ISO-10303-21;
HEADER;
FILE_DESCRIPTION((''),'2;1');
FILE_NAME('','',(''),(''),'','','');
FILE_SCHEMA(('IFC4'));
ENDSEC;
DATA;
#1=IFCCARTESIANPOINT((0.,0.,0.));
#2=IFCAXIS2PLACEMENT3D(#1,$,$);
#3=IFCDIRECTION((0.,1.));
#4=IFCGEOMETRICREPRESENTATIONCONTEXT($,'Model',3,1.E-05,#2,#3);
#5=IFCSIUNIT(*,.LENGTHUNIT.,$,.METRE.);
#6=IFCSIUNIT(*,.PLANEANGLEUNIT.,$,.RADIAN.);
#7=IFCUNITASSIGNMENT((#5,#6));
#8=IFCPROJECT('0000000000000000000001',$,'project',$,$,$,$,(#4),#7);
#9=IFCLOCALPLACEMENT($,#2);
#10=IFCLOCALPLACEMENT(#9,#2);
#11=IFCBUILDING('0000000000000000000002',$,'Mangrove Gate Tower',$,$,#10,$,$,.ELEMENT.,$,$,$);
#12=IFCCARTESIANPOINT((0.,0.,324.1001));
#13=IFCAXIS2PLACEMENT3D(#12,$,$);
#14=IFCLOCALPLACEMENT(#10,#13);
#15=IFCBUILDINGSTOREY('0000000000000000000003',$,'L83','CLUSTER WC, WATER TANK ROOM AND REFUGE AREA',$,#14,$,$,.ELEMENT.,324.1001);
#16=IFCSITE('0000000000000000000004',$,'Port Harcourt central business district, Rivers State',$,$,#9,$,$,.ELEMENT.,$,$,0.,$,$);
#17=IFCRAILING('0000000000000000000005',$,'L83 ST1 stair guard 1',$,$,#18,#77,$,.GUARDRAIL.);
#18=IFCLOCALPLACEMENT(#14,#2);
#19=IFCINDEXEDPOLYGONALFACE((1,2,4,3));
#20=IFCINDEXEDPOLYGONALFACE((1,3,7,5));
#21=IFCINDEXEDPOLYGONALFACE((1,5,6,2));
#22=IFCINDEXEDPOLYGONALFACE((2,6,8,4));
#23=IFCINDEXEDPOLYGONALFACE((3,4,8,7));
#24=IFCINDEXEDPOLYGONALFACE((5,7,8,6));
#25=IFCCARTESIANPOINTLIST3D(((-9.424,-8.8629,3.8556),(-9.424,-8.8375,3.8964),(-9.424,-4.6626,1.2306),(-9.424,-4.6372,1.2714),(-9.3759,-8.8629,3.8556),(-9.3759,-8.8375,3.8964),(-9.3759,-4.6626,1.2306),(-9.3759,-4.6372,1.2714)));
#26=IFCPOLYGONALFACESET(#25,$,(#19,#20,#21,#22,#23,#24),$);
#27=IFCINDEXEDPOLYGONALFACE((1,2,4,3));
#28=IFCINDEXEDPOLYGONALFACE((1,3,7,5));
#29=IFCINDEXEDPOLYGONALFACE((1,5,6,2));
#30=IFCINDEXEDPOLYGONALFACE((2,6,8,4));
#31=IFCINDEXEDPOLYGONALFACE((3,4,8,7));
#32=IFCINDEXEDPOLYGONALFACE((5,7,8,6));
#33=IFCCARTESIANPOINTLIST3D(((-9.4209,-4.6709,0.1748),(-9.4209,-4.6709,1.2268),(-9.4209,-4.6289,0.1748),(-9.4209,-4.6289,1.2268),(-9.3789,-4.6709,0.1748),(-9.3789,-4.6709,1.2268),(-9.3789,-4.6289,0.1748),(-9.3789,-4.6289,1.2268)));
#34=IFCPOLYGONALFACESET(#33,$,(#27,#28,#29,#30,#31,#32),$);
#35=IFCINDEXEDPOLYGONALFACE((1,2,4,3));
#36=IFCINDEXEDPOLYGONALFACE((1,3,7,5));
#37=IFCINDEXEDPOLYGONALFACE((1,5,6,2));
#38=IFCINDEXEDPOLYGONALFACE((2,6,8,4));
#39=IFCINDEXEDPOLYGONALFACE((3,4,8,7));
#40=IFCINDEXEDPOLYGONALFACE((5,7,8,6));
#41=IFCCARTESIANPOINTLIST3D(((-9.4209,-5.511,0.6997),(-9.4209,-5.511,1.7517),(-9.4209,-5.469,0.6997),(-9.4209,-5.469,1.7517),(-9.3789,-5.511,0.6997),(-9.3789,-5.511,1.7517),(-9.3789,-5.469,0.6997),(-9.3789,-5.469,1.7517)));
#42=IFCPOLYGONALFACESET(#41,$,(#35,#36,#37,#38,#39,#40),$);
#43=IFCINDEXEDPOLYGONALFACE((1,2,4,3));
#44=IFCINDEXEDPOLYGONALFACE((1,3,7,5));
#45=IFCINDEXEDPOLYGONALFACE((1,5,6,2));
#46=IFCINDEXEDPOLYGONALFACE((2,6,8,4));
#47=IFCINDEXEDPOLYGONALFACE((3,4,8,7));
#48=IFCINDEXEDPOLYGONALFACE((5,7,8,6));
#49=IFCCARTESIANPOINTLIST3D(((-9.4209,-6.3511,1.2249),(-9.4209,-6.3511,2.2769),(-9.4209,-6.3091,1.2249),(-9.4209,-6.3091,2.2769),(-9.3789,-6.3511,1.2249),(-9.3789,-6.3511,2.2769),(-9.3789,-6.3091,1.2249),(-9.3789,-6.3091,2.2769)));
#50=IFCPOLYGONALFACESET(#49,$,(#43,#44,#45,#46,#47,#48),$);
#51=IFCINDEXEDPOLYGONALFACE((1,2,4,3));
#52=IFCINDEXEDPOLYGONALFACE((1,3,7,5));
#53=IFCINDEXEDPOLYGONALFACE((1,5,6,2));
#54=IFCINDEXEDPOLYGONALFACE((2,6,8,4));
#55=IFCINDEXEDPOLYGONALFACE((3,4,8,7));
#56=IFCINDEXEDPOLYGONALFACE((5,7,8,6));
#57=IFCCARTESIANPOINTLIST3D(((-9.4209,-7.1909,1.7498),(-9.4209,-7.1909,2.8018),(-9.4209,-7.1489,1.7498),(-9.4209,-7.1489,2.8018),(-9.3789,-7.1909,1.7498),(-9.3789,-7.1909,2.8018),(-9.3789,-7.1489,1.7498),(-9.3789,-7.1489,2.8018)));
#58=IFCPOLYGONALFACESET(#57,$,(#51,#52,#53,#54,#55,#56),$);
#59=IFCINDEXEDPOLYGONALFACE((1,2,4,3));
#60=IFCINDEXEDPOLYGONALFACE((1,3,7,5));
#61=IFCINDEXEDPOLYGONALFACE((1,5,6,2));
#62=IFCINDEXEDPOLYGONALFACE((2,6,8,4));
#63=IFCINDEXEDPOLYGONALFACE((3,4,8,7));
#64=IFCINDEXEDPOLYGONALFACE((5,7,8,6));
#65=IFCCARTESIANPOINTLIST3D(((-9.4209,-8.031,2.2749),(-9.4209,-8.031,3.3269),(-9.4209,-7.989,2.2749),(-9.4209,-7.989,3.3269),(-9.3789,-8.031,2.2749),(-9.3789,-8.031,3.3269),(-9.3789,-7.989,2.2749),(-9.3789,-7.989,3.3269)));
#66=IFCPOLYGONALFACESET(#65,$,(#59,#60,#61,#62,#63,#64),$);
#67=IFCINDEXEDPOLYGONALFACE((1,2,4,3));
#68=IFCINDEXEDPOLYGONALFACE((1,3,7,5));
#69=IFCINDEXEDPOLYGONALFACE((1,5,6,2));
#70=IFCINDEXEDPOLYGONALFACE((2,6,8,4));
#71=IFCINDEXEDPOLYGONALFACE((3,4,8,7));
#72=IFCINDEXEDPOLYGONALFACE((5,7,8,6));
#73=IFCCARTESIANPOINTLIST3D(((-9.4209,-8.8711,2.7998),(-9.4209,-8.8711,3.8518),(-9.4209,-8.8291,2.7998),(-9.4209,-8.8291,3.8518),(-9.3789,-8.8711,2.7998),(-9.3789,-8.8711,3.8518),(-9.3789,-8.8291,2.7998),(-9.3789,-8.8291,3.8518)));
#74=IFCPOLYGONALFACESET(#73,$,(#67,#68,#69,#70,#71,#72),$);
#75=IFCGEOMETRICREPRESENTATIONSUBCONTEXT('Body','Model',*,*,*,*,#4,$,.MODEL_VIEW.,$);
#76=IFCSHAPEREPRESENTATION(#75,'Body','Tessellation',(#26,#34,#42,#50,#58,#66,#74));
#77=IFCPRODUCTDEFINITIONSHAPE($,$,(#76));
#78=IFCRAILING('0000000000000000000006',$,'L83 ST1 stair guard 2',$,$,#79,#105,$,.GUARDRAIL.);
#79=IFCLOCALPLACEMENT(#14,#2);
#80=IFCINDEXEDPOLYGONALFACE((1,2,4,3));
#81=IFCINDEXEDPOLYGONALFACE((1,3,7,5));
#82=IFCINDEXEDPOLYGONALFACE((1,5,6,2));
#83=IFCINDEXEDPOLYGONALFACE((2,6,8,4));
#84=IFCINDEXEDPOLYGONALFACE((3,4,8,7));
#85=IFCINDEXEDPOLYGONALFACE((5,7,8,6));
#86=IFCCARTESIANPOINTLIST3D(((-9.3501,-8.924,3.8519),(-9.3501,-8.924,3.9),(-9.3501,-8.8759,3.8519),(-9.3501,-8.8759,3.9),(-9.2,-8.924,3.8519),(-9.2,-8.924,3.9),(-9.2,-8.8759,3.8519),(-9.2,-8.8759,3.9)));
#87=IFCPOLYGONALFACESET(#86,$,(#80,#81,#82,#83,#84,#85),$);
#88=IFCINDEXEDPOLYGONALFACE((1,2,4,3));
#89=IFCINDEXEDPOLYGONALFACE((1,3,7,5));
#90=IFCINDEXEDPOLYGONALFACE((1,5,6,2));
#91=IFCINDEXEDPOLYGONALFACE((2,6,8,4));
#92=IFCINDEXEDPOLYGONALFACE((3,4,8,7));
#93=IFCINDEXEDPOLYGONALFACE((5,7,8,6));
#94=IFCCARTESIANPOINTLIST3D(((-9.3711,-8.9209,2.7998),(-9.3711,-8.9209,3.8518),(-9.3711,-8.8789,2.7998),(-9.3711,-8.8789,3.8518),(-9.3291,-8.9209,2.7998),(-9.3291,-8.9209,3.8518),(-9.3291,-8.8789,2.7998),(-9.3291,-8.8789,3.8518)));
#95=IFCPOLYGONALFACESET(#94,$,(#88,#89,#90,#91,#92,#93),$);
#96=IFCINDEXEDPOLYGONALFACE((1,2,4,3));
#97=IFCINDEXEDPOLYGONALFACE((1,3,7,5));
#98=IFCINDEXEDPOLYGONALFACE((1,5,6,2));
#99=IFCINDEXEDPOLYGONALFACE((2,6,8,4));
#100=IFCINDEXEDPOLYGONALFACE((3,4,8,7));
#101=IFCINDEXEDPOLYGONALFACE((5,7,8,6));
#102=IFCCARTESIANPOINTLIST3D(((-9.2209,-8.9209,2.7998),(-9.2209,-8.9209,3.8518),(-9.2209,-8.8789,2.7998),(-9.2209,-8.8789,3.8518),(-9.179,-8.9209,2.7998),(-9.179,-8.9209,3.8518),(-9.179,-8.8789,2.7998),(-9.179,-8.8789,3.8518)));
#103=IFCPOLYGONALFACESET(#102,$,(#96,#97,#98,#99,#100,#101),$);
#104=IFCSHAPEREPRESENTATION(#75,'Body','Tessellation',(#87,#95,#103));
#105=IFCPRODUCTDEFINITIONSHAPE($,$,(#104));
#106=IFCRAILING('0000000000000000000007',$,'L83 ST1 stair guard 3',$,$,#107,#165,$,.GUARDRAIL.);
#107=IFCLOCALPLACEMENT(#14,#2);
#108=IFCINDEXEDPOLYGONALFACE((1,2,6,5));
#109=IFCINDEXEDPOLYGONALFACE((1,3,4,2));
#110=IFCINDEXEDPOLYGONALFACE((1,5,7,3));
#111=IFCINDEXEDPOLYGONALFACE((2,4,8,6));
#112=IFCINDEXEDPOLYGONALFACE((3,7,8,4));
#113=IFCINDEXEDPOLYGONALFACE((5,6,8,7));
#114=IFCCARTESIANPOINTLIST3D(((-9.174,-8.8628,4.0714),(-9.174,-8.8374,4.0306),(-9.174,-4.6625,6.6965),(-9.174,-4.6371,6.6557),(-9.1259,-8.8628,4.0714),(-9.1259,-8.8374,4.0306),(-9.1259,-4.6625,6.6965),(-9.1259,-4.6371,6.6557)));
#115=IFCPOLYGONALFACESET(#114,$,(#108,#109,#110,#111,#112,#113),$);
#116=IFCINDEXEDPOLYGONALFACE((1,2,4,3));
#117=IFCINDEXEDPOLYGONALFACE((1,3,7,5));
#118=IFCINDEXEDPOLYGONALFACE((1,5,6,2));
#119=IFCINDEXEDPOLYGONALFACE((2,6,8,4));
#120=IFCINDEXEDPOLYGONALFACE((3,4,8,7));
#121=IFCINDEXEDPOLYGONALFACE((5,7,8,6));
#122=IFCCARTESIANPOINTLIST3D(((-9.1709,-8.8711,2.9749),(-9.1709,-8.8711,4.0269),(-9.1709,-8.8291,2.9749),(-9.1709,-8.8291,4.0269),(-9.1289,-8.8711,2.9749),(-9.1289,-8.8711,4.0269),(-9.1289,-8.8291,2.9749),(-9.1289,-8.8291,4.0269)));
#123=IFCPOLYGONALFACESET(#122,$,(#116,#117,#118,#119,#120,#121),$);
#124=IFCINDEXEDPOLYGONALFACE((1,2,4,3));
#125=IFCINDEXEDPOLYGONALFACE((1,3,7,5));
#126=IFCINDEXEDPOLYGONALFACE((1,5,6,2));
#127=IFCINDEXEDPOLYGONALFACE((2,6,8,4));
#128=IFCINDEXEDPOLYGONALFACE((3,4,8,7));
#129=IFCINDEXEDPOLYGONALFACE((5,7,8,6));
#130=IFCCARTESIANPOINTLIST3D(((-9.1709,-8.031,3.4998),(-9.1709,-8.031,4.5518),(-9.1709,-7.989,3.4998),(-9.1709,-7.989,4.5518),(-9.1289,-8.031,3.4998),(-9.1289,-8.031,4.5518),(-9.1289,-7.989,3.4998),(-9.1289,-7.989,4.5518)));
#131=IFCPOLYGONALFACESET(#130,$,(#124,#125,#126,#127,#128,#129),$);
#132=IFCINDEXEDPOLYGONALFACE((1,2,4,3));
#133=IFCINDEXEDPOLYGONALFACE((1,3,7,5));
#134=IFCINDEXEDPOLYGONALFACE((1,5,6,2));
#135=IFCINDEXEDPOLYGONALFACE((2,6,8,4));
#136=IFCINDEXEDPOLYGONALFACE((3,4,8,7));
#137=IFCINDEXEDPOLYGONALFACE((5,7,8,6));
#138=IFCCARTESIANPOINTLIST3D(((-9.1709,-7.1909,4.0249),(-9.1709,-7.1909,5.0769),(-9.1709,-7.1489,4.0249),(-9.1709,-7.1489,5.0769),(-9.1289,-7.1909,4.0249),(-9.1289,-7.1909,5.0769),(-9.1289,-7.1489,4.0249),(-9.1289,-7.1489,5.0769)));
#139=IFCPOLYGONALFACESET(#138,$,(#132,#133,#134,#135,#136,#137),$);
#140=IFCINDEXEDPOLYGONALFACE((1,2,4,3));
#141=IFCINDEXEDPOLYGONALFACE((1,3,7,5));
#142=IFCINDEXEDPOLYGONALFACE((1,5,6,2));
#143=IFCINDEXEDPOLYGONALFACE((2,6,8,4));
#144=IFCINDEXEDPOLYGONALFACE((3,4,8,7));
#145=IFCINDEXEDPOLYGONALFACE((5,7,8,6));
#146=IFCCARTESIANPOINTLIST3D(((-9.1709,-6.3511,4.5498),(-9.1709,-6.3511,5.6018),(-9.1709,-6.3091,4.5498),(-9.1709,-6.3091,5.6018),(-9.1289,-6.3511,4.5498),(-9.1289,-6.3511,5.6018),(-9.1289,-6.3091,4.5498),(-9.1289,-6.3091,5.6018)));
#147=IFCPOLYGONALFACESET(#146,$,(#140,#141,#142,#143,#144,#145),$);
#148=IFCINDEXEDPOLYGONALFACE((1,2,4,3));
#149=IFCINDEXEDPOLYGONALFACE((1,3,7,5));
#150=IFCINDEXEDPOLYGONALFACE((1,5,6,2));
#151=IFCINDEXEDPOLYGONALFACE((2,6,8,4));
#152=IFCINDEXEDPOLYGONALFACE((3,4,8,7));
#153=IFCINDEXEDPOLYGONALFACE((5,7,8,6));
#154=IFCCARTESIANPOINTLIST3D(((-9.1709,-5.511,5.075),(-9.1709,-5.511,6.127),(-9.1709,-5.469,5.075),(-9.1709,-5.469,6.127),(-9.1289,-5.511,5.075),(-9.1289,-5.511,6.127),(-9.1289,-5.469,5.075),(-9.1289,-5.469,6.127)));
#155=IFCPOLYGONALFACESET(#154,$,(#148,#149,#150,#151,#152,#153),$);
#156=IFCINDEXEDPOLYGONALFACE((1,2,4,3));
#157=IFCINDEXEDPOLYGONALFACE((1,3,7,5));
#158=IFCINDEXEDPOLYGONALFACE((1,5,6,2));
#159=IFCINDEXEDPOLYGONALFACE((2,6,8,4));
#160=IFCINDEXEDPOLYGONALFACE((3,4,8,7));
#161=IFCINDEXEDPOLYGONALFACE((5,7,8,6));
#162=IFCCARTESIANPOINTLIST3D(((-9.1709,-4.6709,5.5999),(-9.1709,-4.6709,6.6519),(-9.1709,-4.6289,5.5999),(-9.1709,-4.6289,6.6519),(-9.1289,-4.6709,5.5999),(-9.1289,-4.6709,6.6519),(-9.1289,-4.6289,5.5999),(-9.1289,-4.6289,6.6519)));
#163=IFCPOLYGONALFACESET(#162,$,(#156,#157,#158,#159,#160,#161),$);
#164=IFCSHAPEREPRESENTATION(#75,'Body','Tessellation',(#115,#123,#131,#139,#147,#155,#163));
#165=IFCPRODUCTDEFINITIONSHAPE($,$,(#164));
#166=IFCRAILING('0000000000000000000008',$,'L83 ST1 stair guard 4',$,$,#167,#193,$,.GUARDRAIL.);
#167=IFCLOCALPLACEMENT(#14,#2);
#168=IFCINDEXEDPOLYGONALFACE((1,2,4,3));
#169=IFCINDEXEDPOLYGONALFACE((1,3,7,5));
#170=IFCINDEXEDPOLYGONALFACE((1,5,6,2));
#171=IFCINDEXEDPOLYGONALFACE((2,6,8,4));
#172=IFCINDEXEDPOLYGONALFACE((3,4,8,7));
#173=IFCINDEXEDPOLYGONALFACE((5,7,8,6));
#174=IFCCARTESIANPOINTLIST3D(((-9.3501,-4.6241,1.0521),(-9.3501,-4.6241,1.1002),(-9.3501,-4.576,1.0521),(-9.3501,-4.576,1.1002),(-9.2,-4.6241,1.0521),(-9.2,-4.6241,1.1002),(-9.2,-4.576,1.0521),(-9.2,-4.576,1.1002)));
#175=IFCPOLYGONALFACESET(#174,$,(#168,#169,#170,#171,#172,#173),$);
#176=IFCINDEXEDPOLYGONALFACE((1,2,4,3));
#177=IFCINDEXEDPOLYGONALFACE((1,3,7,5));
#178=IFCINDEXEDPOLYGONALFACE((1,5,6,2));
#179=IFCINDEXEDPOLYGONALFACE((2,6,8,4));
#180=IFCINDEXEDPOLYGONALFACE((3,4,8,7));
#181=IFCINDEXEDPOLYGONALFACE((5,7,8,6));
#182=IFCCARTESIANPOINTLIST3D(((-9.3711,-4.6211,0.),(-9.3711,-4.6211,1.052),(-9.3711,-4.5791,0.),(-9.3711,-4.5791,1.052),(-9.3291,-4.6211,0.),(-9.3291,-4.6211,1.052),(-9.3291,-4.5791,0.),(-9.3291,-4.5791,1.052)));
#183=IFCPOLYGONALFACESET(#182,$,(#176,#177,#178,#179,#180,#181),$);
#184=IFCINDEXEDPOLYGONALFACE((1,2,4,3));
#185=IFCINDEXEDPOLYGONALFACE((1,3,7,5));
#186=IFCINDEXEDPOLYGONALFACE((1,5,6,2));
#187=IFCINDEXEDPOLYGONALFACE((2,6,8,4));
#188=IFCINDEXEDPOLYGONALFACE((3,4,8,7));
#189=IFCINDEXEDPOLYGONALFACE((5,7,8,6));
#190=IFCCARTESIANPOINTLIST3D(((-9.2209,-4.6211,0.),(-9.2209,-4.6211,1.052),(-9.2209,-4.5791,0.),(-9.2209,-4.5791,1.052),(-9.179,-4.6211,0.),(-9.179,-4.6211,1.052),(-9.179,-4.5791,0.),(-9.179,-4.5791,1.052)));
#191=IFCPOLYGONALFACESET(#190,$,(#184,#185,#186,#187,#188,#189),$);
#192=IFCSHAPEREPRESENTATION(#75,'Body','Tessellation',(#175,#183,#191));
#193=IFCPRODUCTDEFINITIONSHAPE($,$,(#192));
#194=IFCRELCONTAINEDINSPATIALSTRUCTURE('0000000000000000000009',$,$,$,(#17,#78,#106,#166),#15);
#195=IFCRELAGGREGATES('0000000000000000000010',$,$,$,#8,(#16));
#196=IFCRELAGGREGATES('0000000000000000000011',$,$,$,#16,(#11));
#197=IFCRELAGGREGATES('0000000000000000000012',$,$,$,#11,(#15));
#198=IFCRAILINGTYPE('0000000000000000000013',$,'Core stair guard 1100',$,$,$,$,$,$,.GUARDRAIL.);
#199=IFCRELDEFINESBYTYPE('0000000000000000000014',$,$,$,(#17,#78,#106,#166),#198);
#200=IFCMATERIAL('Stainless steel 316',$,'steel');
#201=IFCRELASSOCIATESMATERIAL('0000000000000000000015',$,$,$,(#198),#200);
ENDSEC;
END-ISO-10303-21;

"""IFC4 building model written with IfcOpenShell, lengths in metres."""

from ifc_helpers import new_model, si_unit, direction, frame, origin, origin_2d, place, context, subcontext, project, spatial, rectangle, extrude, material, type_object, element, save


model = new_model("IFC4")

# Units and contexts
model_context = context("Model", 3, precision=1e-05, world=origin(), true_north=direction((0.0, 1.0)))
body_context = subcontext(model_context, "Body", "Model", "MODEL_VIEW")
ifc_project = project(units=[si_unit("LENGTHUNIT", "METRE"), si_unit("PLANEANGLEUNIT", "RADIAN")], contexts=[model_context])

# Site, building, storey
site_placement = place(None, origin())
site = spatial("IfcSite", under=ifc_project, at=site_placement, Name="Port Harcourt central business district, Rivers State", CompositionType="ELEMENT", RefElevation=0.0)
building_placement = place(site_placement, origin())
building = spatial("IfcBuilding", under=site, at=building_placement, Name="Mangrove Gate Tower", CompositionType="ELEMENT")
storey_placement = place(building_placement, frame((0.0, 0.0, 324.1001)))
storey = spatial("IfcBuildingStorey", under=building, at=storey_placement, Name="L83", Description="CLUSTER WC, WATER TANK ROOM AND REFUGE AREA", CompositionType="ELEMENT", Elevation=324.1001)

# Railings
ifc_material_1 = material(Name="Stainless steel 316", Category="steel")
railing_type_1 = type_object("IfcRailingType", Name="Core stair guard 1100", PredefinedType="GUARDRAIL", material=ifc_material_1)
railing_1_placement = place(storey_placement, frame((-9.3999, -4.6499, 0.1748)))
element("IfcRailing", 1, at=railing_1_placement, inside=storey, type_object=railing_type_1, Name="L83 ST1 stair guard 1", PredefinedType="GUARDRAIL", context=body_context, shape_type="SweptSolid", body=[
    extrude(rectangle(XDim=0.0481, YDim=0.0481, at=origin_2d()), frame((0.0, 0.0, 1.0762), z_axis=(0.0, -0.848009, 0.529981), x_axis=(1.0, 0.0, 0.0)), (0.0, 0.0, 1.0), 4.9531),
    extrude(rectangle(XDim=0.042, YDim=0.042, at=origin_2d()), origin(), (0.0, 0.0, 1.0), 1.052),
    extrude(rectangle(XDim=0.042, YDim=0.042, at=origin_2d()), frame((0.0, -0.8401, 0.5249)), (0.0, 0.0, 1.0), 1.052),
    extrude(rectangle(XDim=0.042, YDim=0.042, at=origin_2d()), frame((0.0, -1.6802, 1.05)), (0.0, 0.0, 1.0), 1.052),
    extrude(rectangle(XDim=0.042, YDim=0.042, at=origin_2d()), frame((0.0, -2.52, 1.575)), (0.0, 0.0, 1.0), 1.052),
    extrude(rectangle(XDim=0.042, YDim=0.042, at=origin_2d()), frame((0.0, -3.3601, 2.1001)), (0.0, 0.0, 1.0), 1.052),
    extrude(rectangle(XDim=0.042, YDim=0.042, at=origin_2d()), frame((0.0, -4.2002, 2.625)), (0.0, 0.0, 1.0), 1.052),
])
railing_2_placement = place(storey_placement, frame((-9.3501, -8.8999, 2.7998)))
element("IfcRailing", 2, at=railing_2_placement, inside=storey, type_object=railing_type_1, Name="L83 ST1 stair guard 2", PredefinedType="GUARDRAIL", context=body_context, shape_type="SweptSolid", body=[
    extrude(rectangle(XDim=0.0481, YDim=0.0481, at=origin_2d()), frame((0.0, 0.0, 1.0762), z_axis=(1.0, 0.0, 0.0), x_axis=(0.0, 1.0, 0.0)), (0.0, 0.0, 1.0), 0.1501),
    extrude(rectangle(XDim=0.042, YDim=0.042, at=origin_2d()), origin(), (0.0, 0.0, 1.0), 1.052),
    extrude(rectangle(XDim=0.042, YDim=0.042, at=origin_2d()), frame((0.1501, 0.0, 0.0)), (0.0, 0.0, 1.0), 1.052),
])
railing_3_placement = place(storey_placement, frame((-9.1499, -8.8501, 2.9749)))
element("IfcRailing", 3, at=railing_3_placement, inside=storey, type_object=railing_type_1, Name="L83 ST1 stair guard 3", PredefinedType="GUARDRAIL", context=body_context, shape_type="SweptSolid", body=[
    extrude(rectangle(XDim=0.0481, YDim=0.0481, at=origin_2d()), frame((0.0, 0.0, 1.0762), z_axis=(0.0, 0.848009, 0.529981), x_axis=(-1.0, 0.0, 0.0)), (0.0, 0.0, 1.0), 4.9531),
    extrude(rectangle(XDim=0.042, YDim=0.042, at=origin_2d()), origin(), (0.0, 0.0, 1.0), 1.052),
    extrude(rectangle(XDim=0.042, YDim=0.042, at=origin_2d()), frame((0.0, 0.8401, 0.5249)), (0.0, 0.0, 1.0), 1.052),
    extrude(rectangle(XDim=0.042, YDim=0.042, at=origin_2d()), frame((0.0, 1.6802, 1.05)), (0.0, 0.0, 1.0), 1.052),
    extrude(rectangle(XDim=0.042, YDim=0.042, at=origin_2d()), frame((0.0, 2.52, 1.575)), (0.0, 0.0, 1.0), 1.052),
    extrude(rectangle(XDim=0.042, YDim=0.042, at=origin_2d()), frame((0.0, 3.3601, 2.1001)), (0.0, 0.0, 1.0), 1.052),
    extrude(rectangle(XDim=0.042, YDim=0.042, at=origin_2d()), frame((0.0, 4.2002, 2.625)), (0.0, 0.0, 1.0), 1.052),
])
railing_4_placement = place(storey_placement, frame((-9.3501, -4.6001, 0.0)))
element("IfcRailing", 4, at=railing_4_placement, inside=storey, type_object=railing_type_1, Name="L83 ST1 stair guard 4", PredefinedType="GUARDRAIL", context=body_context, shape_type="SweptSolid", body=[
    extrude(rectangle(XDim=0.0481, YDim=0.0481, at=origin_2d()), frame((0.0, 0.0, 1.0762), z_axis=(1.0, 0.0, 0.0), x_axis=(0.0, 1.0, 0.0)), (0.0, 0.0, 1.0), 0.1501),
    extrude(rectangle(XDim=0.042, YDim=0.042, at=origin_2d()), origin(), (0.0, 0.0, 1.0), 1.052),
    extrude(rectangle(XDim=0.042, YDim=0.042, at=origin_2d()), frame((0.1501, 0.0, 0.0)), (0.0, 0.0, 1.0), 1.052),
])

save(model, "model.ifc")
